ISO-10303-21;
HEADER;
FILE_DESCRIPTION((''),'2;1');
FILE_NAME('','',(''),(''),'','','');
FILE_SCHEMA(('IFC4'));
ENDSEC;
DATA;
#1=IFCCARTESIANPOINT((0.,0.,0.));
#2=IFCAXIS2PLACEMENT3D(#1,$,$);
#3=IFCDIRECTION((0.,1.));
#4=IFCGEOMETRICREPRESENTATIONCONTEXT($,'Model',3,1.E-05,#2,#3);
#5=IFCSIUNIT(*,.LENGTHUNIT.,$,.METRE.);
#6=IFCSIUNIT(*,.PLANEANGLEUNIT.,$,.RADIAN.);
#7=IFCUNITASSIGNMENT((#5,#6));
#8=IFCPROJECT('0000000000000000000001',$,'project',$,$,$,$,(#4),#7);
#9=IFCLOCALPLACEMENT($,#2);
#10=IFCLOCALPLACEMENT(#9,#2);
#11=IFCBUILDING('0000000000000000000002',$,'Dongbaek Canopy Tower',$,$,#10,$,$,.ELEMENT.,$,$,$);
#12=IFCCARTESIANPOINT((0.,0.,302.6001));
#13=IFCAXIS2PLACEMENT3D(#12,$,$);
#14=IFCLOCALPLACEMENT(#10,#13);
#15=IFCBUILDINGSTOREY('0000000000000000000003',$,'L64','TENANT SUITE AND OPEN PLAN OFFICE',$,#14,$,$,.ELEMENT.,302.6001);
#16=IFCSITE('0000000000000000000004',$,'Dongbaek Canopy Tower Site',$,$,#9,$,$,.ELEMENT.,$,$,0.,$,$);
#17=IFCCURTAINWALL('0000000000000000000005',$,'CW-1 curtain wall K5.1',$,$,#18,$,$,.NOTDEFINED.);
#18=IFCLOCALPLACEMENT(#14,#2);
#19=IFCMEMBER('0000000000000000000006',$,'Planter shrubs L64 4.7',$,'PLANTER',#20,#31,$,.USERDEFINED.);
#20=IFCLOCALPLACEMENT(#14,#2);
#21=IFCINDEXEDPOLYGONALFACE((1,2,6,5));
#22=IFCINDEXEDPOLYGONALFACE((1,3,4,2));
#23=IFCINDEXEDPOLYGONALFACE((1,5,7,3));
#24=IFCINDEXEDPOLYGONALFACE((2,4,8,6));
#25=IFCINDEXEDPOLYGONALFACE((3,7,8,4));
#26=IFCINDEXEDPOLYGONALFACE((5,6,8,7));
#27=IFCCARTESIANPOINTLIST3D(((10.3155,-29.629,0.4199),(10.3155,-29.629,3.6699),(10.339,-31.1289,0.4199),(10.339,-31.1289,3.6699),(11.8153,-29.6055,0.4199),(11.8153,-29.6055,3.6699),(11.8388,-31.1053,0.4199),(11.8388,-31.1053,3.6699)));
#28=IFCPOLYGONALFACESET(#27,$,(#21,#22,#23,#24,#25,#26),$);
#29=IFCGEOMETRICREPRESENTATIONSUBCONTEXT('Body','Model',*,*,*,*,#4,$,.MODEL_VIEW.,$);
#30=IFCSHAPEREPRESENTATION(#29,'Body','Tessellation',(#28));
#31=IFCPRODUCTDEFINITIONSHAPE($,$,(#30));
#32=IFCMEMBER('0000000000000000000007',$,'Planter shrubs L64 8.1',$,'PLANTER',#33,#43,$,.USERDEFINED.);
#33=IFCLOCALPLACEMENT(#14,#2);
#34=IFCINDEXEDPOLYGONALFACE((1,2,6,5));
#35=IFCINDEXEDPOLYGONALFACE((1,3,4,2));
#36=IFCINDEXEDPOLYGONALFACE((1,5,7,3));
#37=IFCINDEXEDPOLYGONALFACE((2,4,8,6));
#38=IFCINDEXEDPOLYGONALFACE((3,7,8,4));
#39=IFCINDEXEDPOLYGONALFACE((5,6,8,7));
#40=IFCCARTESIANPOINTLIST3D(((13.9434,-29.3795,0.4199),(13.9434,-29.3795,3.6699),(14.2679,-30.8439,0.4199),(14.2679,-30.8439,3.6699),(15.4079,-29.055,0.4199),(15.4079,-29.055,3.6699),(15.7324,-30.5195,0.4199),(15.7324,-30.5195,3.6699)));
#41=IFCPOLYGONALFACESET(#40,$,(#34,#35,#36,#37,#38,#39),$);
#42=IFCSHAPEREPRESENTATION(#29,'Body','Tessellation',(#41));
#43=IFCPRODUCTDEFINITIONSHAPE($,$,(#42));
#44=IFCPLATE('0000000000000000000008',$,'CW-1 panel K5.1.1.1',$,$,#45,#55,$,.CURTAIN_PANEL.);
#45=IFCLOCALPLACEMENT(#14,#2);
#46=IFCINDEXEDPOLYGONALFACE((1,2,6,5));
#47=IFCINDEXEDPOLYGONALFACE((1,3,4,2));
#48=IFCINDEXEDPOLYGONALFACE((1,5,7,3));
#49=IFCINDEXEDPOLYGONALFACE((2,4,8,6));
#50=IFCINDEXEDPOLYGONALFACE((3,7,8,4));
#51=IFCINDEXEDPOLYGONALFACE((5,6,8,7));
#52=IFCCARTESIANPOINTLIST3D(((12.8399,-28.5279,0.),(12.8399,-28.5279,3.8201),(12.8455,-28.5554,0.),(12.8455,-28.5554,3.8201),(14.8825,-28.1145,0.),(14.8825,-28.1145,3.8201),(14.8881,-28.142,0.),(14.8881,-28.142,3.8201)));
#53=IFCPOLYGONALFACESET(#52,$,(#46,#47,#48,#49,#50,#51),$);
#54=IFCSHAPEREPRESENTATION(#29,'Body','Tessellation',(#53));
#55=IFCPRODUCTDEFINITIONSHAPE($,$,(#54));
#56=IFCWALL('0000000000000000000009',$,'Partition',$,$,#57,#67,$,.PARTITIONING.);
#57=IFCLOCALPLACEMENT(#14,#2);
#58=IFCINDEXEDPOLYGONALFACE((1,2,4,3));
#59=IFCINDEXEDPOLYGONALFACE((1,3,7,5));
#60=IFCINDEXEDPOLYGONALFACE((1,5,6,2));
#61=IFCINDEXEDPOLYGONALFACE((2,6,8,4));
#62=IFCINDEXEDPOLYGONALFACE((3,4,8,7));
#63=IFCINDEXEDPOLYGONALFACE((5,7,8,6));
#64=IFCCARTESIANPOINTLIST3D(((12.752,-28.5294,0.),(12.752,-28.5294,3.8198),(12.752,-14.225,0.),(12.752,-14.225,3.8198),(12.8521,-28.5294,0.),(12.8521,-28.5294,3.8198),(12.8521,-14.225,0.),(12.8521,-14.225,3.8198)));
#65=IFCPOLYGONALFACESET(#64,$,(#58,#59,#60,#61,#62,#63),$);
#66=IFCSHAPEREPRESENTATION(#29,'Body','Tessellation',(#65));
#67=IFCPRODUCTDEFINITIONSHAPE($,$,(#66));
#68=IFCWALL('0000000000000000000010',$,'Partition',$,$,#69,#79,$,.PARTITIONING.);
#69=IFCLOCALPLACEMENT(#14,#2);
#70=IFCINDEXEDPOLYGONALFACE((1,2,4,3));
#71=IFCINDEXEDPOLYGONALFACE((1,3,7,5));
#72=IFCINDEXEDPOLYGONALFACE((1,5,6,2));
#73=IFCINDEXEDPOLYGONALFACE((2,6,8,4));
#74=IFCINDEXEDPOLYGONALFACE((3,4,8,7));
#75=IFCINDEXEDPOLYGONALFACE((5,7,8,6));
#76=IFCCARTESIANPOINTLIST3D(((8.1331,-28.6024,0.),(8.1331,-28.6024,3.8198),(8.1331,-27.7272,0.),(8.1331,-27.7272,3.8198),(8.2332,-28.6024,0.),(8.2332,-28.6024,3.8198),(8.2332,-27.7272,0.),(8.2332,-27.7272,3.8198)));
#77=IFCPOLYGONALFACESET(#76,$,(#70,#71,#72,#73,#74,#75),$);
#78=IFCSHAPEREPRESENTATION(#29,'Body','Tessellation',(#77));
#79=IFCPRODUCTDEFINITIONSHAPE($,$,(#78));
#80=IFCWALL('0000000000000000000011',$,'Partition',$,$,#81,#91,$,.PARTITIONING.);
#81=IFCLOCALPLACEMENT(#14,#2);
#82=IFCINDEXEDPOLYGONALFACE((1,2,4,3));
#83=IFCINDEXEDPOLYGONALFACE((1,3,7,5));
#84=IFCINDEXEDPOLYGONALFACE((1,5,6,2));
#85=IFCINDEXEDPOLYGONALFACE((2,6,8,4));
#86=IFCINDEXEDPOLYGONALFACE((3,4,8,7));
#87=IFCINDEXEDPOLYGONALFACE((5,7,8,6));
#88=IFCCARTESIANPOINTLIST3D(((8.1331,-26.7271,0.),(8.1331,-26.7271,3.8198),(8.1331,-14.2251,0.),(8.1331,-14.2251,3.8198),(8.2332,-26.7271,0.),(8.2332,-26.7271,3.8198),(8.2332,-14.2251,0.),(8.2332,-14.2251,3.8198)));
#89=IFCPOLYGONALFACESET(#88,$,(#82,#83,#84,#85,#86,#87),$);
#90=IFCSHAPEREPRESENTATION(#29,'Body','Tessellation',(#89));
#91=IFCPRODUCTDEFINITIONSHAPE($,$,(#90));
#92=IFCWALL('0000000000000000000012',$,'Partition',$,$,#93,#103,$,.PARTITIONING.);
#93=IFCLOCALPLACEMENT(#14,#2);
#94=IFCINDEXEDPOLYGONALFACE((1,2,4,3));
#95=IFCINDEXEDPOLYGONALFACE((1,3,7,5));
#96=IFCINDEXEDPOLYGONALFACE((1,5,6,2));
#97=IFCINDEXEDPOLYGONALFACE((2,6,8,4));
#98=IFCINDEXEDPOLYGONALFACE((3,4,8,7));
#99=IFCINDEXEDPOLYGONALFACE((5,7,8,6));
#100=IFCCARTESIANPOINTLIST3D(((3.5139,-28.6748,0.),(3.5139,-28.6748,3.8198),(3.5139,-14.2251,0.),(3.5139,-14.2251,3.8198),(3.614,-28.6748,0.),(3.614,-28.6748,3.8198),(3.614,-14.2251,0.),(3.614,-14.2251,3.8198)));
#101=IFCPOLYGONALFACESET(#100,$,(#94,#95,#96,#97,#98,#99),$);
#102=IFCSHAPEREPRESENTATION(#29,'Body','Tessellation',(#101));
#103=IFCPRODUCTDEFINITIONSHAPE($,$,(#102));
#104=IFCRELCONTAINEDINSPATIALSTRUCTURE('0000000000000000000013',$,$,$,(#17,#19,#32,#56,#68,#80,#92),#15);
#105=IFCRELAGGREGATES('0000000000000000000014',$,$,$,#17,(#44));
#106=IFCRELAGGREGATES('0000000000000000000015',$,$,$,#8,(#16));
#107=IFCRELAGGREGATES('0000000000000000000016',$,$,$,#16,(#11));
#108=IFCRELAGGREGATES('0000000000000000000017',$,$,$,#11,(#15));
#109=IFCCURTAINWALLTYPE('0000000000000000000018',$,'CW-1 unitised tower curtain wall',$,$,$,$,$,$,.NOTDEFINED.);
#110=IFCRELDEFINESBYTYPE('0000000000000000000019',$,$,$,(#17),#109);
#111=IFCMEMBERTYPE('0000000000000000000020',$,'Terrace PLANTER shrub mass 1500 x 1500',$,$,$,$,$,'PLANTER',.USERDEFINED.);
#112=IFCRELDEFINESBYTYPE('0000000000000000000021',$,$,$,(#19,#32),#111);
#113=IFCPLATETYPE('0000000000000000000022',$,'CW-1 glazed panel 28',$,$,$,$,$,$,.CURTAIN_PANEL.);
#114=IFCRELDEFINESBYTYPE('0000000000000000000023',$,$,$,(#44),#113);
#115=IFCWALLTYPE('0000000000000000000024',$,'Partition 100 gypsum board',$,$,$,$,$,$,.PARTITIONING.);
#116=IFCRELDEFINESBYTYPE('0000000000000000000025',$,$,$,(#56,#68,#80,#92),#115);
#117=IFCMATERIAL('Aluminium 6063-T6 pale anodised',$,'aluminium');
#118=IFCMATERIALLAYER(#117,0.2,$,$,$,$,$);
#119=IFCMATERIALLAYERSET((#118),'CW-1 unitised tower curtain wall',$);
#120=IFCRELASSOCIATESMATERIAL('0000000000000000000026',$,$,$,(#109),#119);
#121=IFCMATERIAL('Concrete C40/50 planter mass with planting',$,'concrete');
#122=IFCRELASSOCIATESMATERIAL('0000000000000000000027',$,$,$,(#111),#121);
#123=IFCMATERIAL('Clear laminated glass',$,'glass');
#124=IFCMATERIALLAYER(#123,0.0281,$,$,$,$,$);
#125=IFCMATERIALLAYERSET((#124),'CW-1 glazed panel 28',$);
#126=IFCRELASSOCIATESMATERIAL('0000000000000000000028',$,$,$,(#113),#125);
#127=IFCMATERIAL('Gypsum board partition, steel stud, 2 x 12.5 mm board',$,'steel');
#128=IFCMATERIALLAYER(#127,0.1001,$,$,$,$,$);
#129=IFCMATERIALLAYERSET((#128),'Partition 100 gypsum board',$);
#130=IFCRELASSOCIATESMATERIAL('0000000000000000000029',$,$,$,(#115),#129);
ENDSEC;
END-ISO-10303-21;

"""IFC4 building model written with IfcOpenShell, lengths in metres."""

from ifc_helpers import new_model, si_unit, direction, frame, frame_2d, origin, origin_2d, place, context, subcontext, project, spatial, rectangle, extrude, material, layer, layer_set, material_profile, profile_set, type_object, element, aggregate, save


model = new_model("IFC4")

# Units and contexts
model_context = context("Model", 3, precision=1e-05, world=origin(), true_north=direction((0.0, 1.0)))
body_context = subcontext(model_context, "Body", "Model", "MODEL_VIEW")
ifc_project = project(units=[si_unit("LENGTHUNIT", "METRE"), si_unit("PLANEANGLEUNIT", "RADIAN")], contexts=[model_context])

# Site, building, storey
site_placement = place(None, origin())
site = spatial("IfcSite", under=ifc_project, at=site_placement, Name="Dongbaek Canopy Tower Site", CompositionType="ELEMENT", RefElevation=0.0)
building_placement = place(site_placement, origin())
building = spatial("IfcBuilding", under=site, at=building_placement, Name="Dongbaek Canopy Tower", CompositionType="ELEMENT")
storey_placement = place(building_placement, frame((0.0, 0.0, 302.6001)))
storey = spatial("IfcBuildingStorey", under=building, at=storey_placement, Name="L64", Description="TENANT SUITE AND OPEN PLAN OFFICE", CompositionType="ELEMENT", Elevation=302.6001)

# Curtain wall
ifc_material_1 = material(Name="Aluminium 6063-T6 pale anodised", Category="aluminium")
ifc_layer_1 = layer(ifc_material_1, 0.2)
ifc_layer_set_1 = layer_set([ifc_layer_1], Name="CW-1 unitised tower curtain wall")
curtain_wall_type = type_object("IfcCurtainWallType", Name="CW-1 unitised tower curtain wall", PredefinedType="NOTDEFINED", material=ifc_layer_set_1)
curtain_wall_placement = place(storey_placement, origin())
curtain_wall = element("IfcCurtainWall", 1, at=curtain_wall_placement, inside=storey, type_object=curtain_wall_type, Name="CW-1 curtain wall K5.1", PredefinedType="NOTDEFINED")

# Members
ifc_material_2 = material(Name="Concrete C40/50 planter mass with planting", Category="concrete")
ifc_material_profile_1 = material_profile(ifc_material_2, rectangle(XDim=1.5, YDim=1.5, at=origin_2d()), Name="Terrace PLANTER shrub mass 1500 x 1500")
ifc_profile_set_1 = profile_set([ifc_material_profile_1], Name="Concrete C40/50 planter mass with planting")
member_type_1 = type_object("IfcMemberType", Name="Terrace PLANTER shrub mass 1500 x 1500", ElementType="PLANTER", PredefinedType="USERDEFINED", material=ifc_profile_set_1)
for number, where, z_axis, x_axis, name in (
    (2, (11.0771, -30.3672, 0.4199), (0.0, 0.0, 1.0), (0.015684, -0.999877, 0.0), "Planter shrubs L64 4.7"),
    (3, (14.8379, -29.9495, 0.4199), (0.0, 0.0, 1.0), (0.216327, -0.976321, 0.0), "Planter shrubs L64 8.1"),
):
    element("IfcMember", number, at=place(storey_placement, frame(where, z_axis=z_axis, x_axis=x_axis)), inside=storey, type_object=member_type_1, Name=name, ObjectType="PLANTER", PredefinedType="USERDEFINED", context=body_context, shape_type="SweptSolid", body=[
        extrude(rectangle(XDim=1.5, YDim=1.5, at=origin_2d()), origin(), (0.0, 0.0, 1.0), 3.25),
    ])

# Plate
ifc_material_3 = material(Name="Clear laminated glass", Category="glass")
ifc_layer_2 = layer(ifc_material_3, 0.0281)
ifc_layer_set_2 = layer_set([ifc_layer_2], Name="CW-1 glazed panel 28")
plate_type = type_object("IfcPlateType", Name="CW-1 glazed panel 28", PredefinedType="CURTAIN_PANEL", material=ifc_layer_set_2)
plate_placement = place(storey_placement, frame((13.864, -28.335, 0.0), z_axis=(0.0, 0.0, 1.0), x_axis=(0.980125, 0.198379, 0.0)))
plate = element("IfcPlate", 4, at=plate_placement, type_object=plate_type, Name="CW-1 panel K5.1.1.1", PredefinedType="CURTAIN_PANEL", context=body_context, shape_type="SweptSolid", body=[
    extrude(rectangle(XDim=2.084, YDim=0.0281, at=origin_2d()), origin(), (0.0, 0.0, 1.0), 3.8201),
])
aggregate(curtain_wall, [plate])

# Walls
ifc_material_4 = material(Name="Gypsum board partition, steel stud, 2 x 12.5 mm board", Category="steel")
ifc_layer_3 = layer(ifc_material_4, 0.1001)
ifc_layer_set_3 = layer_set([ifc_layer_3], Name="Partition 100 gypsum board")
wall_type = type_object("IfcWallType", Name="Partition 100 gypsum board", PredefinedType="PARTITIONING", material=ifc_layer_set_3)
wall_1_placement = place(storey_placement, frame((12.802, -28.5295, 0.0), z_axis=(0.0, 0.0, 1.0), x_axis=(0.0, 1.0, 0.0)))
element("IfcWall", 5, at=wall_1_placement, inside=storey, type_object=wall_type, Name="Partition", PredefinedType="PARTITIONING", context=body_context, shape_type="SweptSolid", body=[
    extrude(rectangle(XDim=14.3044, YDim=0.1001, at=frame_2d((7.1523, 0.0))), origin(), (0.0, 0.0, 1.0), 3.8198),
])
wall_2_placement = place(storey_placement, frame((8.1831, -28.6023, 0.0), z_axis=(0.0, 0.0, 1.0), x_axis=(0.0, 1.0, 0.0)))
element("IfcWall", 6, at=wall_2_placement, inside=storey, type_object=wall_type, Name="Partition", PredefinedType="PARTITIONING", context=body_context, shape_type="SweptSolid", body=[
    extrude(rectangle(XDim=0.8752, YDim=0.1001, at=frame_2d((0.4375, 0.0))), origin(), (0.0, 0.0, 1.0), 3.8198),
])
wall_3_placement = place(storey_placement, frame((8.1831, -26.7271, 0.0), z_axis=(0.0, 0.0, 1.0), x_axis=(0.0, 1.0, 0.0)))
element("IfcWall", 7, at=wall_3_placement, inside=storey, type_object=wall_type, Name="Partition", PredefinedType="PARTITIONING", context=body_context, shape_type="SweptSolid", body=[
    extrude(rectangle(XDim=12.502, YDim=0.1001, at=frame_2d((6.251, 0.0))), origin(), (0.0, 0.0, 1.0), 3.8198),
])
wall_4_placement = place(storey_placement, frame((3.564, -28.6748, 0.0), z_axis=(0.0, 0.0, 1.0), x_axis=(0.0, 1.0, 0.0)))
element("IfcWall", 8, at=wall_4_placement, inside=storey, type_object=wall_type, Name="Partition", PredefinedType="PARTITIONING", context=body_context, shape_type="SweptSolid", body=[
    extrude(rectangle(XDim=14.4497, YDim=0.1001, at=frame_2d((7.2249, 0.0))), origin(), (0.0, 0.0, 1.0), 3.8198),
])

save(model, "model.ifc")
